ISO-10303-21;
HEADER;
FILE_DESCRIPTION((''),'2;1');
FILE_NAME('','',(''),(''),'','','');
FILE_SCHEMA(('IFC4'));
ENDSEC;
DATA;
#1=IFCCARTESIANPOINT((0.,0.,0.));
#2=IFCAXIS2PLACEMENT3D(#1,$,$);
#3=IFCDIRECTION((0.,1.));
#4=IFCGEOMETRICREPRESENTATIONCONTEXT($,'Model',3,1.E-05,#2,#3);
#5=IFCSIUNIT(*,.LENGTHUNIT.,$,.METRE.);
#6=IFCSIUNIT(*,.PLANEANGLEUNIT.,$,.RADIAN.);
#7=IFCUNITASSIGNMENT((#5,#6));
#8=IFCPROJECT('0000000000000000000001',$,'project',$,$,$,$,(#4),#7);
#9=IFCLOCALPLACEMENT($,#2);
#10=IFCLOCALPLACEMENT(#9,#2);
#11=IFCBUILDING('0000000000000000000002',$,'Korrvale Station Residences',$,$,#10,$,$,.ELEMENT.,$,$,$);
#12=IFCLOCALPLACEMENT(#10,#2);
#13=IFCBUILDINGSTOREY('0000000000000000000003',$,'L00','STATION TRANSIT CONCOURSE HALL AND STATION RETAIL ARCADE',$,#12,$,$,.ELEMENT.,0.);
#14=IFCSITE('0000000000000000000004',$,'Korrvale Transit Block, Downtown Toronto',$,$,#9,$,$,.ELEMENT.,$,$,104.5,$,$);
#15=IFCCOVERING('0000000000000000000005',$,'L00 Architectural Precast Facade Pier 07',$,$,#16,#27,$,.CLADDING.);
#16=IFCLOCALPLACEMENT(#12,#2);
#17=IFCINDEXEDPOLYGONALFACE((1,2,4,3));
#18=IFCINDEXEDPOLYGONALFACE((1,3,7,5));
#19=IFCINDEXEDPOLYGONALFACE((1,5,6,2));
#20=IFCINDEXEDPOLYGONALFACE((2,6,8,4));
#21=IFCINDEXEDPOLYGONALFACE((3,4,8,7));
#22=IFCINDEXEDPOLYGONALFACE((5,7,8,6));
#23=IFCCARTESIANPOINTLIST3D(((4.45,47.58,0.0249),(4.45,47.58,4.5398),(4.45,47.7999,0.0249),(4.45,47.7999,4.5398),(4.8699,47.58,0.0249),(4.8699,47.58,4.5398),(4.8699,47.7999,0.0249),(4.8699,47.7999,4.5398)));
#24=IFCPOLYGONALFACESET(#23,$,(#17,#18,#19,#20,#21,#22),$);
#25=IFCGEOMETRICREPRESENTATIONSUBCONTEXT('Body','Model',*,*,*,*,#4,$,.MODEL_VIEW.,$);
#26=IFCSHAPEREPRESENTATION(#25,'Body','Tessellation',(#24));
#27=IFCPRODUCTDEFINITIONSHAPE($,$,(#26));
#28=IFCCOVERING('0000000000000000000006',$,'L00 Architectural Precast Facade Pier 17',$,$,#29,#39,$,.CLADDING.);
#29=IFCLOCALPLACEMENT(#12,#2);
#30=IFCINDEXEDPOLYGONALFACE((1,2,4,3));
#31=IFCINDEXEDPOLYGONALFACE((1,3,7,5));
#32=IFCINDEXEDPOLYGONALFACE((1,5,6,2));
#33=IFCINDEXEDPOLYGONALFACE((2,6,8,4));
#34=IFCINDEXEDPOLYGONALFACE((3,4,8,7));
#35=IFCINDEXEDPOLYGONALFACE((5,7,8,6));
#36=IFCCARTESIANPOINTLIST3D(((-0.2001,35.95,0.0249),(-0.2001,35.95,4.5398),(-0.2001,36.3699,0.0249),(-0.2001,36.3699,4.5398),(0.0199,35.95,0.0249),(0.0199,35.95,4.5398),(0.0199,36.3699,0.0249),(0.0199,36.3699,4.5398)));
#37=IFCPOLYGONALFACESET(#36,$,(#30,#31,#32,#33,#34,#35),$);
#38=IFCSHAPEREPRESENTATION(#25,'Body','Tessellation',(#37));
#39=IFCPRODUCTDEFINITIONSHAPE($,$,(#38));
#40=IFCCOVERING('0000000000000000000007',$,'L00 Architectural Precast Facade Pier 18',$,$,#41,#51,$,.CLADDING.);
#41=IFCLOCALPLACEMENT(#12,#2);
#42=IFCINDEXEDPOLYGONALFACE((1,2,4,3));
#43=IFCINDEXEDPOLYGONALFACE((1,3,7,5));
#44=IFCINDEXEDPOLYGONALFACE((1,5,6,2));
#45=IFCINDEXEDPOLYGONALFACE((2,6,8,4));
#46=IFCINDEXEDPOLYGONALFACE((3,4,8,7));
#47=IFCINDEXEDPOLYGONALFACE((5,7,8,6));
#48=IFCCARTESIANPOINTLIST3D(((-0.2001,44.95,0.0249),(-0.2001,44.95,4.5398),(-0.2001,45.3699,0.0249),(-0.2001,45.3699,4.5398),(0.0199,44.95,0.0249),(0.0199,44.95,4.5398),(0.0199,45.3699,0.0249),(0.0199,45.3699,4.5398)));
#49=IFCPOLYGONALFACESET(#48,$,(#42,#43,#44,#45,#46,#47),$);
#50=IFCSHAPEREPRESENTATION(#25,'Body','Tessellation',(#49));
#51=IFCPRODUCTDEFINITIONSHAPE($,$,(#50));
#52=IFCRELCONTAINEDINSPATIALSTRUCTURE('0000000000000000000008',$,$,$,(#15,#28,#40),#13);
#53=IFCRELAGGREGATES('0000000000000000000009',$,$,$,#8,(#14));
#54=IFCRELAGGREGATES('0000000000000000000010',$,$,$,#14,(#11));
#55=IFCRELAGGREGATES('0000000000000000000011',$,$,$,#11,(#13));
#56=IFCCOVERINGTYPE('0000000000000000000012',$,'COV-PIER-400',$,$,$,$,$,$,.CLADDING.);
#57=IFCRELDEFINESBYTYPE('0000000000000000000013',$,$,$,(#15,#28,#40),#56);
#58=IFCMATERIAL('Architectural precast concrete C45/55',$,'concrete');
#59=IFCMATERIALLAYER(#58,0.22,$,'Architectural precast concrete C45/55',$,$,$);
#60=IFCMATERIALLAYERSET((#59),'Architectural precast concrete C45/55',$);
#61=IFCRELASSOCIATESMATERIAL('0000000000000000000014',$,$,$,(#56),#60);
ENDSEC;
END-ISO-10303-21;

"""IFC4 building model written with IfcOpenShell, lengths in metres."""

from ifc_helpers import new_model, si_unit, direction, frame, origin, origin_2d, place, context, subcontext, project, spatial, rectangle, extrude, material, layer, layer_set, type_object, element, save


model = new_model("IFC4")

# Units and contexts
model_context = context("Model", 3, precision=1e-05, world=origin(), true_north=direction((0.0, 1.0)))
body_context = subcontext(model_context, "Body", "Model", "MODEL_VIEW")
ifc_project = project(units=[si_unit("LENGTHUNIT", "METRE"), si_unit("PLANEANGLEUNIT", "RADIAN")], contexts=[model_context])

# Site, building, storey
site_placement = place(None, origin())
site = spatial("IfcSite", under=ifc_project, at=site_placement, Name="Korrvale Transit Block, Downtown Toronto", CompositionType="ELEMENT", RefElevation=104.5)
building_placement = place(site_placement, origin())
building = spatial("IfcBuilding", under=site, at=building_placement, Name="Korrvale Station Residences", CompositionType="ELEMENT")
storey_placement = place(building_placement, origin())
storey = spatial("IfcBuildingStorey", under=building, at=storey_placement, Name="L00", Description="STATION TRANSIT CONCOURSE HALL AND STATION RETAIL ARCADE", CompositionType="ELEMENT", Elevation=0.0)

# Coverings
ifc_material_1 = material(Name="Architectural precast concrete C45/55", Category="concrete")
ifc_layer_1 = layer(ifc_material_1, 0.22, Name="Architectural precast concrete C45/55")
ifc_layer_set_1 = layer_set([ifc_layer_1], Name="Architectural precast concrete C45/55")
covering_type = type_object("IfcCoveringType", Name="COV-PIER-400", PredefinedType="CLADDING", material=ifc_layer_set_1)
for number, where, z_axis, x_axis, name in (
    (1, (4.6599, 47.6899, 0.0249), (0.0, 0.0, 1.0), (1.0, 0.0, 0.0), "L00 Architectural Precast Facade Pier 07"),
    (2, (-0.0901, 36.1599, 0.0249), (0.0, 0.0, 1.0), (0.0, 1.0, 0.0), "L00 Architectural Precast Facade Pier 17"),
    (3, (-0.0901, 45.1599, 0.0249), (0.0, 0.0, 1.0), (0.0, 1.0, 0.0), "L00 Architectural Precast Facade Pier 18"),
):
    element("IfcCovering", number, at=place(storey_placement, frame(where, z_axis=z_axis, x_axis=x_axis)), inside=storey, type_object=covering_type, Name=name, PredefinedType="CLADDING", context=body_context, shape_type="SweptSolid", body=[
        extrude(rectangle(XDim=0.4199, YDim=0.22, at=origin_2d()), origin(), (0.0, 0.0, 1.0), 4.5149),
    ])

save(model, "model.ifc")
